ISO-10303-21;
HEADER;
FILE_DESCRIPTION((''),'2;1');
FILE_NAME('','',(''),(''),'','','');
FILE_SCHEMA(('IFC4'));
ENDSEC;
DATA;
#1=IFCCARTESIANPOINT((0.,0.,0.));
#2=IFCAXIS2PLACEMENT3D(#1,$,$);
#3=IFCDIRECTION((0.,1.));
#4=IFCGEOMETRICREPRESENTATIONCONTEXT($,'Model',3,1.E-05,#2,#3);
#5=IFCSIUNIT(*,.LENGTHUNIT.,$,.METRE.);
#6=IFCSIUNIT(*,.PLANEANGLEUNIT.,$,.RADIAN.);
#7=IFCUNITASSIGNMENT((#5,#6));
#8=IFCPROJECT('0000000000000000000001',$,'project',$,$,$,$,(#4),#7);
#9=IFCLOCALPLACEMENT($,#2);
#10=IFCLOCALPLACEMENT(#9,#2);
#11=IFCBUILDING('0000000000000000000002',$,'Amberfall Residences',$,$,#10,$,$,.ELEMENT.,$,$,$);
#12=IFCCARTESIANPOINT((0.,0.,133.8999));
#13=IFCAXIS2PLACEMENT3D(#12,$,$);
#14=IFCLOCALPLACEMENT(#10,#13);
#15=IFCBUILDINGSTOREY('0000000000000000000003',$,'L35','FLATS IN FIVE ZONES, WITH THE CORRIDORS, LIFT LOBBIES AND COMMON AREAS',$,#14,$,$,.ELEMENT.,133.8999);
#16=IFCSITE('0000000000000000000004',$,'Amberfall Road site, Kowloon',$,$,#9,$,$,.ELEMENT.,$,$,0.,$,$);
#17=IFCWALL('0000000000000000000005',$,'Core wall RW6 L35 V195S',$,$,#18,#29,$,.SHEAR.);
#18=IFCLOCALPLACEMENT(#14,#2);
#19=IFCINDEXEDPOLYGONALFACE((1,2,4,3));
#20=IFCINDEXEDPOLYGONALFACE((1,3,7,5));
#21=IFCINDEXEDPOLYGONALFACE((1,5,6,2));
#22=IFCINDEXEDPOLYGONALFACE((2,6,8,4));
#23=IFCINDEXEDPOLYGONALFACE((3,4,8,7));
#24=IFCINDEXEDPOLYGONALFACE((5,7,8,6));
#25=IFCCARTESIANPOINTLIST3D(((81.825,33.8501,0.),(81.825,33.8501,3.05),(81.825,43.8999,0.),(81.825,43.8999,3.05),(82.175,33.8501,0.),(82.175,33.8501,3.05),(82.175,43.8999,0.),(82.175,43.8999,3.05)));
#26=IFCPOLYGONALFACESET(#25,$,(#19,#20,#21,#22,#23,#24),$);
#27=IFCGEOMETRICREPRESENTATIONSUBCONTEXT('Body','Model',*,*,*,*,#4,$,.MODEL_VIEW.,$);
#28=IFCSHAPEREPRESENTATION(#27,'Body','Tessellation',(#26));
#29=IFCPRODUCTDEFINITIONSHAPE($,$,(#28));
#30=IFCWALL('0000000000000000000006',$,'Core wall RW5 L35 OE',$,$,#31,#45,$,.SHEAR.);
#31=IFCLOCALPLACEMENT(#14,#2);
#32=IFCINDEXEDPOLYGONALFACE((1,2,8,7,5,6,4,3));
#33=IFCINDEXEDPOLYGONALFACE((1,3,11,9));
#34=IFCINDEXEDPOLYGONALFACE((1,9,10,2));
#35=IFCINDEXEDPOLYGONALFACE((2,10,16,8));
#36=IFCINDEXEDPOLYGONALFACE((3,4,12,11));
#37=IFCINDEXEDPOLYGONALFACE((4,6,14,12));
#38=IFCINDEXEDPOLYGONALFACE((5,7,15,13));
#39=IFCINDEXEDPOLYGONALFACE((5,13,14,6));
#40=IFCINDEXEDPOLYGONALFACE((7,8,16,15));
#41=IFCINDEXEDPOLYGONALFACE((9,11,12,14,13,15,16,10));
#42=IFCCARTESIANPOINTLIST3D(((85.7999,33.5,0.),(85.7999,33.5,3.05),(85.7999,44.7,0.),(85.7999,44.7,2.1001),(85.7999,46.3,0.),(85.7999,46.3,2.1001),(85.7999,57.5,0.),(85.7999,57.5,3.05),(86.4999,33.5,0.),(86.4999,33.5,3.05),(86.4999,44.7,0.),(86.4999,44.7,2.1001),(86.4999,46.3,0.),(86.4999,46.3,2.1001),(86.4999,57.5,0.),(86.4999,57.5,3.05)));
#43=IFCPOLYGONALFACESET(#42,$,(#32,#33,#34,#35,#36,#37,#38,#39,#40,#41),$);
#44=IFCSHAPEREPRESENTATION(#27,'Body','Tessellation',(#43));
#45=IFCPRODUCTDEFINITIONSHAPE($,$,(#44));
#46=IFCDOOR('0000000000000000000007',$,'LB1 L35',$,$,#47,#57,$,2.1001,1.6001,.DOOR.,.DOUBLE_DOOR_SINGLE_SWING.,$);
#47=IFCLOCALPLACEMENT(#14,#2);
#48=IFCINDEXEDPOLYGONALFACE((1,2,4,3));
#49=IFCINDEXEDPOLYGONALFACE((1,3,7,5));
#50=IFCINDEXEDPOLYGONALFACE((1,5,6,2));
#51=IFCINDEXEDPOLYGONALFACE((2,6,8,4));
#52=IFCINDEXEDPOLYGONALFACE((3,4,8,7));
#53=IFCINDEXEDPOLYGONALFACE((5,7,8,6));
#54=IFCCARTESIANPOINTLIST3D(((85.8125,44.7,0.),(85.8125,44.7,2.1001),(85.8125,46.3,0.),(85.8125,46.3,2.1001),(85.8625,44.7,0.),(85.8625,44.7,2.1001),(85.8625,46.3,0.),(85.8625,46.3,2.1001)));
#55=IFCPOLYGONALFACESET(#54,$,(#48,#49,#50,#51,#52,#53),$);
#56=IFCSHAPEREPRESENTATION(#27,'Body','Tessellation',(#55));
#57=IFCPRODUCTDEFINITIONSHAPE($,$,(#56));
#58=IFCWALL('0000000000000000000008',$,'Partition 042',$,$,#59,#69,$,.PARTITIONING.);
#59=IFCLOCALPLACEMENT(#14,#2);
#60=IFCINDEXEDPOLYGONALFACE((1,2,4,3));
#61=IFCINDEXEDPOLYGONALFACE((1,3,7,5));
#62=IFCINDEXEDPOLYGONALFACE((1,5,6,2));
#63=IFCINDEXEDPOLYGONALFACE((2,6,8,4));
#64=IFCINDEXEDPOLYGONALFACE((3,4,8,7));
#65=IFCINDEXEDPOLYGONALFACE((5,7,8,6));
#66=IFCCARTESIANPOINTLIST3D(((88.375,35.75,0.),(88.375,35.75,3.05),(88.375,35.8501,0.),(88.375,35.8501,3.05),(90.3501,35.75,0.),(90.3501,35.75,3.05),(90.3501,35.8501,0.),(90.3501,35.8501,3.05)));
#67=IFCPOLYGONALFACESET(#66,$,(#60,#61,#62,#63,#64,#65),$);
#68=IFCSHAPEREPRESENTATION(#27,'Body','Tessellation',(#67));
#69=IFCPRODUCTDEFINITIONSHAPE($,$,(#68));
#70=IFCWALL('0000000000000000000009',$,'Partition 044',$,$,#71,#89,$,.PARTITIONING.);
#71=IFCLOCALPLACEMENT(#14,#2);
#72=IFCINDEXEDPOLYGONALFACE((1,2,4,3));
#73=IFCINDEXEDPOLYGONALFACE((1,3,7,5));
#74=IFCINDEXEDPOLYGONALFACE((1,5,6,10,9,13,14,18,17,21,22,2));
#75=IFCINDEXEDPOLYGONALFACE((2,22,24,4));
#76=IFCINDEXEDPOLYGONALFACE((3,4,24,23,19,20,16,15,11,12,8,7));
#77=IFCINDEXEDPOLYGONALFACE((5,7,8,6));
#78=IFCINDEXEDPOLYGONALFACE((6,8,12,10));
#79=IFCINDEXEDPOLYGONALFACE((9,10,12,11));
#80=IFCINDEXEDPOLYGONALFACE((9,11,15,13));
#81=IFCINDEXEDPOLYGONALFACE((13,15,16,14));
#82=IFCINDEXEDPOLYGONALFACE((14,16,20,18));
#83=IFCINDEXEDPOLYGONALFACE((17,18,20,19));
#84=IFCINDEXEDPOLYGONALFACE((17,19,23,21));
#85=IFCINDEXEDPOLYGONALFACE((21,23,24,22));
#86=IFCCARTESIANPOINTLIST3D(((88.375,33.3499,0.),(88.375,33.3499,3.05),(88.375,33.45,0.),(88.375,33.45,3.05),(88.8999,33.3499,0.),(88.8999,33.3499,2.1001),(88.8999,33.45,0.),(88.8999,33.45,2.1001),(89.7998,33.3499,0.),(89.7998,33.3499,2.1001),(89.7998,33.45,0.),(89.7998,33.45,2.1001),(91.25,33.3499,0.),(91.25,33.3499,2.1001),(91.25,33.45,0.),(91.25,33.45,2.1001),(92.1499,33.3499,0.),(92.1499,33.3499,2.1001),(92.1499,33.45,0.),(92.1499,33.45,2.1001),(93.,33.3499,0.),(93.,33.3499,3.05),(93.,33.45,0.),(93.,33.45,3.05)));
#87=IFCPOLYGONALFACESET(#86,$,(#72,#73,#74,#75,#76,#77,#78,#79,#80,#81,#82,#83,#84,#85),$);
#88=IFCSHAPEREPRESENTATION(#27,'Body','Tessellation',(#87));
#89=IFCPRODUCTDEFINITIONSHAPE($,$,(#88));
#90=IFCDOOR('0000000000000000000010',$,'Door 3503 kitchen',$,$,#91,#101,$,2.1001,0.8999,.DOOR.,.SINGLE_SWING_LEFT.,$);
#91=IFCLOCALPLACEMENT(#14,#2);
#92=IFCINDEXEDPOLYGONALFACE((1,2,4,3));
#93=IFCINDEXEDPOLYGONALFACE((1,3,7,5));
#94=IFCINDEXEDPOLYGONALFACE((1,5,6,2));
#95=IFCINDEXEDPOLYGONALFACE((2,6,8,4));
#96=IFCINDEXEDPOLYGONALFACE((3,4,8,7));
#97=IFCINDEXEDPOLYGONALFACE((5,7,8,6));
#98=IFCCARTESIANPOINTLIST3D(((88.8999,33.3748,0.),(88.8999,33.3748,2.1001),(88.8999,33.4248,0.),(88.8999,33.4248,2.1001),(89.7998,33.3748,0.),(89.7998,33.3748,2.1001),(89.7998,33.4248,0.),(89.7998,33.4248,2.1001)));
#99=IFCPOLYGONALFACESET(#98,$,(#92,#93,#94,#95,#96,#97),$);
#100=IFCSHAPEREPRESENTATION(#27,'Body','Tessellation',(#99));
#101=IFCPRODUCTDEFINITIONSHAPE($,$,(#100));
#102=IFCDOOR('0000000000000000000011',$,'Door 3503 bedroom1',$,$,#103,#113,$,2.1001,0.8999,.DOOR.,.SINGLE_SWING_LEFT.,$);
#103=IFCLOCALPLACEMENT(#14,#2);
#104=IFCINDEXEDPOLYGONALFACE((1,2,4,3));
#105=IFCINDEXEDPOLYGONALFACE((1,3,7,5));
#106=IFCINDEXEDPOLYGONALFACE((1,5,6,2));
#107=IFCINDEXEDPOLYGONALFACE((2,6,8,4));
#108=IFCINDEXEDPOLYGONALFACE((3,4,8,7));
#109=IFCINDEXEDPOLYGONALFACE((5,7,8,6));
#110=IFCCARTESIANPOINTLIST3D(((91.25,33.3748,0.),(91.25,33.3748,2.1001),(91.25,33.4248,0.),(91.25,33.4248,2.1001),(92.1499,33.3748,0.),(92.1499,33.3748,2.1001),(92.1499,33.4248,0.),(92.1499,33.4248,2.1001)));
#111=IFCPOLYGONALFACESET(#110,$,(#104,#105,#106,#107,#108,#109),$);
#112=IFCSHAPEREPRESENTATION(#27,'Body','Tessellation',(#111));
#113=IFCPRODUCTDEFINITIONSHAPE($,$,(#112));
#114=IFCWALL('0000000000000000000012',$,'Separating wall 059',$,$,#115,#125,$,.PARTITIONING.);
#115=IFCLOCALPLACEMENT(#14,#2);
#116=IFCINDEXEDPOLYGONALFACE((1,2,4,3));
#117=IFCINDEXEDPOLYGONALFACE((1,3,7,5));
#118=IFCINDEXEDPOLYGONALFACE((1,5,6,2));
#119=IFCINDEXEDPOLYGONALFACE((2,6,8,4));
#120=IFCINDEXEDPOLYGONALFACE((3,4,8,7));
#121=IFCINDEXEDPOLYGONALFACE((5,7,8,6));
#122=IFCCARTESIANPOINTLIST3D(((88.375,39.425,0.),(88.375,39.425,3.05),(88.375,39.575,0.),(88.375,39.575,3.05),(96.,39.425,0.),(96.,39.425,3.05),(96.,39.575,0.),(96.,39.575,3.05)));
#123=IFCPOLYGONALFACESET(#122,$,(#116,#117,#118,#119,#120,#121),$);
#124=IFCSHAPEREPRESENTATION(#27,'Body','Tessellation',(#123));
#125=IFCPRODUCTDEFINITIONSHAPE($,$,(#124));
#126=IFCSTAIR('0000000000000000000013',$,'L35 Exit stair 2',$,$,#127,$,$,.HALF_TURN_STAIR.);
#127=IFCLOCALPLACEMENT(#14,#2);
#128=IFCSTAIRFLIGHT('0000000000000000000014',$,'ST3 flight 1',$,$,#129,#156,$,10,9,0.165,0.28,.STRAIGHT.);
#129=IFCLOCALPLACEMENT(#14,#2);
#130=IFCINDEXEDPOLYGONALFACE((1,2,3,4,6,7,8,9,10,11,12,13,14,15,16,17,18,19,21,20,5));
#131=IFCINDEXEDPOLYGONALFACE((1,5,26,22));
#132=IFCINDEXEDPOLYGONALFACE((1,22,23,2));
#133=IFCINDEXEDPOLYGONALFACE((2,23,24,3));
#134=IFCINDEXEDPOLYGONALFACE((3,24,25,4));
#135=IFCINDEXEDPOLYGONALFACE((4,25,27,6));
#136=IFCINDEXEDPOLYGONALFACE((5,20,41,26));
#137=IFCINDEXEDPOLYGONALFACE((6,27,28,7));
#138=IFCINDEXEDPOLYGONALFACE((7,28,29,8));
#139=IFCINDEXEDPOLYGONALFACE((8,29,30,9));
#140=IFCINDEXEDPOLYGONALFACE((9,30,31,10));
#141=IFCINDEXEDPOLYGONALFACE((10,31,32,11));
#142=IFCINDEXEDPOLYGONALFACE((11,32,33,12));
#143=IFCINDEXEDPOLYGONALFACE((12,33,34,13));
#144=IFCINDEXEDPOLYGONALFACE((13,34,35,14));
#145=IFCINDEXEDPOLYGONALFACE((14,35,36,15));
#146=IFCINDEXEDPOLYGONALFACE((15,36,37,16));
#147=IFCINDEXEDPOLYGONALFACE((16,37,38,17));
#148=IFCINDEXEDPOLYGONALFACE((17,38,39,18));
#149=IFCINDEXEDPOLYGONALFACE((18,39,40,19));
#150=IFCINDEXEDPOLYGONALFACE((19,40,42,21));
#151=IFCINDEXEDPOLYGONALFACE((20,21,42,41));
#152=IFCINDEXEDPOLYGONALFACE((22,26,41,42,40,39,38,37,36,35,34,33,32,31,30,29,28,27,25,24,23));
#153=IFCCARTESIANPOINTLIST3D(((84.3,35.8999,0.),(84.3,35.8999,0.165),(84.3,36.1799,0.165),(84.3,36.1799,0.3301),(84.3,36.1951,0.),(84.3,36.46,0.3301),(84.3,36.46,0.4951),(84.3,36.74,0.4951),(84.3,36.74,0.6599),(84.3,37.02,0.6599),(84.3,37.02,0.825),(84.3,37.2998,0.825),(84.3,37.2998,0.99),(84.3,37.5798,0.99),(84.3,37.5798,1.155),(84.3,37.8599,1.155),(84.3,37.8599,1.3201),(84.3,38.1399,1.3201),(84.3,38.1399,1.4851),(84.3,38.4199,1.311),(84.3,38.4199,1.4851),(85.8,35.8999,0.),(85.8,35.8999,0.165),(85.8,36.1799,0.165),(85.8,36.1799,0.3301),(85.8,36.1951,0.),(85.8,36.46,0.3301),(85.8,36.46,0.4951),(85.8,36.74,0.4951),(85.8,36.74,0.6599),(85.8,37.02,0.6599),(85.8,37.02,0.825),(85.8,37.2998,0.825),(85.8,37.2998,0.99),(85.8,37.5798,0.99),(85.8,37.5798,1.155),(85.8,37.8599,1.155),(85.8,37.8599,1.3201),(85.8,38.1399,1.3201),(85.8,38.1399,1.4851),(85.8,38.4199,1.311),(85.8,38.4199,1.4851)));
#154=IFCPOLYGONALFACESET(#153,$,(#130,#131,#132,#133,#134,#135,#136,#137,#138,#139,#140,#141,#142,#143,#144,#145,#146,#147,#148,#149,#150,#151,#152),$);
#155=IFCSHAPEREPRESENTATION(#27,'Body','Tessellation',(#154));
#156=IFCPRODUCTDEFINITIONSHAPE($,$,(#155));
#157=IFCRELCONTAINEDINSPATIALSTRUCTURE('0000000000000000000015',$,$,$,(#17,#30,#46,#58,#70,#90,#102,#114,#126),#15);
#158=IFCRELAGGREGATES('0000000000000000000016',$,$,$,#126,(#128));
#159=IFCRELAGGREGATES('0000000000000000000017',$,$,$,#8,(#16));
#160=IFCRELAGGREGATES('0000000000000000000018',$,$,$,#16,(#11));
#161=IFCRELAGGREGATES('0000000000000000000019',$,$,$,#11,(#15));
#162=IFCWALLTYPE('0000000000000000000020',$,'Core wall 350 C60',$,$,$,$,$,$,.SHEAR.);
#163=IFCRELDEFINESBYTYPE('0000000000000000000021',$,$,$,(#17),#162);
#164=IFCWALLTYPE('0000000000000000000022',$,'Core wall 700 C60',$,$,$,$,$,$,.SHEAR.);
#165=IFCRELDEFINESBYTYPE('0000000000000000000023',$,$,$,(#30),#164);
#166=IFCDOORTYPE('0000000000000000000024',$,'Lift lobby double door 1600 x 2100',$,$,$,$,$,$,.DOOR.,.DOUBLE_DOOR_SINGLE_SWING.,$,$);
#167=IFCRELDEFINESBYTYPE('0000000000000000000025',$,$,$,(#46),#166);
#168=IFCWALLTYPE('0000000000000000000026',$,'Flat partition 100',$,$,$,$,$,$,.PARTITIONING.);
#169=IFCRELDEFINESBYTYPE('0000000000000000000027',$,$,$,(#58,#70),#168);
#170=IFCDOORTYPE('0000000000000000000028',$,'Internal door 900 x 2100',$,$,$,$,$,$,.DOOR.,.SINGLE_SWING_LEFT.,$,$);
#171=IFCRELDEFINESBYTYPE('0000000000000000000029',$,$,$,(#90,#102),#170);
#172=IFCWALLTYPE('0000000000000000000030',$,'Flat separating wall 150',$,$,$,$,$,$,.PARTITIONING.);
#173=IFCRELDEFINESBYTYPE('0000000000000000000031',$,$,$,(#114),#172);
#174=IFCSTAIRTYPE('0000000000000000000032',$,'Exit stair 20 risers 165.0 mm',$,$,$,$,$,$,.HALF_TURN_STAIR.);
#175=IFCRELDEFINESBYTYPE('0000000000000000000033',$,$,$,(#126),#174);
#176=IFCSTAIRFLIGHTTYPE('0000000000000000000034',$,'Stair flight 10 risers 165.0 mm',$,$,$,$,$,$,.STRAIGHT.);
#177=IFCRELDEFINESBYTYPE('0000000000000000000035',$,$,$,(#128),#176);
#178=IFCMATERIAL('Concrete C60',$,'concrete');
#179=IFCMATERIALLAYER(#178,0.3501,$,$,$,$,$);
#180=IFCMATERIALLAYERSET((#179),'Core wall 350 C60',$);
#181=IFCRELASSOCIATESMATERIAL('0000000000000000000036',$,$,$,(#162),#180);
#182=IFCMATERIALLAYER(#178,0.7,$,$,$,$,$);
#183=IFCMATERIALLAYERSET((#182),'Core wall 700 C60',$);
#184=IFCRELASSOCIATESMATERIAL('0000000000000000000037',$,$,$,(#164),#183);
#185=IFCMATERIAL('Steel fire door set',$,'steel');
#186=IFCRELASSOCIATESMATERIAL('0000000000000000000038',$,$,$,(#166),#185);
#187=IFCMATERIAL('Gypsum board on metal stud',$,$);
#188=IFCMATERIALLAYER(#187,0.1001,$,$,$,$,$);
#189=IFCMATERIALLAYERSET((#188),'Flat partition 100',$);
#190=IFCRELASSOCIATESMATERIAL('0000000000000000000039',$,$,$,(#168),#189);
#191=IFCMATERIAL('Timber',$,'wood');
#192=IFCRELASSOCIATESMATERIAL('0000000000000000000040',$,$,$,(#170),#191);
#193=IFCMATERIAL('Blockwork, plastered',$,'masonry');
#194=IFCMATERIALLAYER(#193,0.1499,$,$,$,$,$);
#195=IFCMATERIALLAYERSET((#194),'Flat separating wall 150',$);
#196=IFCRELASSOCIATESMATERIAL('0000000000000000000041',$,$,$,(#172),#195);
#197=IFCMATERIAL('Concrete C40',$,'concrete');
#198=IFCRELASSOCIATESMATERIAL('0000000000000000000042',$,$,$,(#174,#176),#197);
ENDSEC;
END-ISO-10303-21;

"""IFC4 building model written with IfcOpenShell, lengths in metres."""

from ifc_helpers import new_model, si_unit, direction, frame, frame_2d, origin, place, context, subcontext, project, spatial, polyline, rectangle, outline, extrude, material, layer, layer_set, type_object, element, fill, aggregate, save


model = new_model("IFC4")

# Units and contexts
model_context = context("Model", 3, precision=1e-05, world=origin(), true_north=direction((0.0, 1.0)))
body_context = subcontext(model_context, "Body", "Model", "MODEL_VIEW")
ifc_project = project(units=[si_unit("LENGTHUNIT", "METRE"), si_unit("PLANEANGLEUNIT", "RADIAN")], contexts=[model_context])

# Site, building, storey
site_placement = place(None, origin())
site = spatial("IfcSite", under=ifc_project, at=site_placement, Name="Amberfall Road site, Kowloon", CompositionType="ELEMENT", RefElevation=0.0)
building_placement = place(site_placement, origin())
building = spatial("IfcBuilding", under=site, at=building_placement, Name="Amberfall Residences", CompositionType="ELEMENT")
storey_placement = place(building_placement, frame((0.0, 0.0, 133.8999)))
storey = spatial("IfcBuildingStorey", under=building, at=storey_placement, Name="L35", Description="FLATS IN FIVE ZONES, WITH THE CORRIDORS, LIFT LOBBIES AND COMMON AREAS", CompositionType="ELEMENT", Elevation=133.8999)

# Wall
ifc_material_1 = material(Name="Concrete C60", Category="concrete")
ifc_layer_1 = layer(ifc_material_1, 0.3501)
ifc_layer_set_1 = layer_set([ifc_layer_1], Name="Core wall 350 C60")
wall_type_1 = type_object("IfcWallType", Name="Core wall 350 C60", PredefinedType="SHEAR", material=ifc_layer_set_1)
wall_1_placement = place(storey_placement, frame((82.0, 33.8501, 0.0), z_axis=(0.0, 0.0, 1.0), x_axis=(0.0, 1.0, 0.0)))
element("IfcWall", 1, at=wall_1_placement, inside=storey, type_object=wall_type_1, Name="Core wall RW6 L35 V195S", PredefinedType="SHEAR", context=body_context, shape_type="SweptSolid", body=[
    extrude(rectangle(XDim=10.0498, YDim=0.3501, at=frame_2d((5.0249, 0.0))), origin(), (0.0, 0.0, 1.0), 3.05),
])

# Wall, opening, door
ifc_layer_2 = layer(ifc_material_1, 0.7)
ifc_layer_set_2 = layer_set([ifc_layer_2], Name="Core wall 700 C60")
wall_type_2 = type_object("IfcWallType", Name="Core wall 700 C60", PredefinedType="SHEAR", material=ifc_layer_set_2)
wall_2_placement = place(storey_placement, frame((86.1499, 33.5, 0.0), z_axis=(0.0, 0.0, 1.0), x_axis=(0.0, 1.0, 0.0)))
wall_2 = element("IfcWall", 2, at=wall_2_placement, inside=storey, type_object=wall_type_2, Name="Core wall RW5 L35 OE", PredefinedType="SHEAR", context=body_context, shape_type="SweptSolid", body=[
    extrude(rectangle(XDim=24.0, YDim=0.7, at=frame_2d((12.0, 0.0))), origin(), (0.0, 0.0, 1.0), 3.05),
])
opening_1_placement = place(wall_2_placement, frame((11.2, 0.0, 0.0)))
opening_1 = element("IfcOpeningElement", 3, at=opening_1_placement, cuts=wall_2, PredefinedType="OPENING", context=body_context, shape_type="SweptSolid", body=[
    extrude(rectangle(XDim=1.6001, YDim=2.1001, at=frame_2d((0.8, 1.05))), frame((0.0, 0.3599, 0.0), z_axis=(0.0, -1.0, 0.0), x_axis=(1.0, 0.0, 0.0)), (0.0, 0.0, 1.0), 0.72),
])
ifc_material_2 = material(Name="Steel fire door set", Category="steel")
door_type_1 = type_object("IfcDoorType", Name="Lift lobby double door 1600 x 2100", OperationType="DOUBLE_DOOR_SINGLE_SWING", PredefinedType="DOOR", material=ifc_material_2)
door_1_placement = place(opening_1_placement, origin())
door_1 = element("IfcDoor", 4, at=door_1_placement, inside=storey, type_object=door_type_1, Name="LB1 L35", OperationType="DOUBLE_DOOR_SINGLE_SWING", OverallHeight=2.1001, OverallWidth=1.6001, PredefinedType="DOOR", context=body_context, shape_type="SweptSolid", body=[
    extrude(rectangle(XDim=1.6001, YDim=2.1001, at=frame_2d((0.8, 1.05))), frame((0.0, 0.3374, 0.0), z_axis=(0.0, -1.0, 0.0), x_axis=(1.0, 0.0, 0.0)), (0.0, 0.0, 1.0), 0.05),
])
fill(opening_1, door_1)

# Wall
ifc_material_3 = material(Name="Gypsum board on metal stud")
ifc_layer_3 = layer(ifc_material_3, 0.1001)
ifc_layer_set_3 = layer_set([ifc_layer_3], Name="Flat partition 100")
wall_type_3 = type_object("IfcWallType", Name="Flat partition 100", PredefinedType="PARTITIONING", material=ifc_layer_set_3)
wall_3_placement = place(storey_placement, frame((88.375, 35.8, 0.0), z_axis=(0.0, 0.0, 1.0), x_axis=(1.0, 0.0, 0.0)))
element("IfcWall", 5, at=wall_3_placement, inside=storey, type_object=wall_type_3, Name="Partition 042", PredefinedType="PARTITIONING", context=body_context, shape_type="SweptSolid", body=[
    extrude(rectangle(XDim=1.9751, YDim=0.1001, at=frame_2d((0.9875, 0.0))), origin(), (0.0, 0.0, 1.0), 3.05),
])

# Wall, openings, doors
wall_4_placement = place(storey_placement, frame((88.375, 33.3999, 0.0), z_axis=(0.0, 0.0, 1.0), x_axis=(1.0, 0.0, 0.0)))
wall_4 = element("IfcWall", 6, at=wall_4_placement, inside=storey, type_object=wall_type_3, Name="Partition 044", PredefinedType="PARTITIONING", context=body_context, shape_type="SweptSolid", body=[
    extrude(rectangle(XDim=4.625, YDim=0.1001, at=frame_2d((2.3125, 0.0))), origin(), (0.0, 0.0, 1.0), 3.05),
])
opening_2_placement = place(wall_4_placement, frame((0.5249, 0.0, 0.0)))
opening_2 = element("IfcOpeningElement", 7, at=opening_2_placement, cuts=wall_4, PredefinedType="OPENING", context=body_context, shape_type="SweptSolid", body=[
    extrude(rectangle(XDim=0.8999, YDim=2.1001, at=frame_2d((0.45, 1.05))), frame((0.0, 0.0601, 0.0), z_axis=(0.0, -1.0, 0.0), x_axis=(1.0, 0.0, 0.0)), (0.0, 0.0, 1.0), 0.1201),
])
opening_3_placement = place(wall_4_placement, frame((2.875, 0.0, 0.0)))
opening_3 = element("IfcOpeningElement", 8, at=opening_3_placement, cuts=wall_4, PredefinedType="OPENING", context=body_context, shape_type="SweptSolid", body=[
    extrude(rectangle(XDim=0.8999, YDim=2.1001, at=frame_2d((0.45, 1.05))), frame((0.0, 0.0601, 0.0), z_axis=(0.0, -1.0, 0.0), x_axis=(1.0, 0.0, 0.0)), (0.0, 0.0, 1.0), 0.1201),
])
ifc_material_4 = material(Name="Timber", Category="wood")
door_type_2 = type_object("IfcDoorType", Name="Internal door 900 x 2100", OperationType="SINGLE_SWING_LEFT", PredefinedType="DOOR", material=ifc_material_4)
door_2_placement = place(opening_2_placement, origin())
door_2 = element("IfcDoor", 9, at=door_2_placement, inside=storey, type_object=door_type_2, Name="Door 3503 kitchen", OperationType="SINGLE_SWING_LEFT", OverallHeight=2.1001, OverallWidth=0.8999, PredefinedType="DOOR", context=body_context, shape_type="SweptSolid", body=[
    extrude(rectangle(XDim=0.8999, YDim=2.1001, at=frame_2d((0.45, 1.05))), frame((0.0, 0.0249, 0.0), z_axis=(0.0, -1.0, 0.0), x_axis=(1.0, 0.0, 0.0)), (0.0, 0.0, 1.0), 0.05),
])
fill(opening_2, door_2)
door_3_placement = place(opening_3_placement, origin())
door_3 = element("IfcDoor", 10, at=door_3_placement, inside=storey, type_object=door_type_2, Name="Door 3503 bedroom1", OperationType="SINGLE_SWING_LEFT", OverallHeight=2.1001, OverallWidth=0.8999, PredefinedType="DOOR", context=body_context, shape_type="SweptSolid", body=[
    extrude(rectangle(XDim=0.8999, YDim=2.1001, at=frame_2d((0.45, 1.05))), frame((0.0, 0.0249, 0.0), z_axis=(0.0, -1.0, 0.0), x_axis=(1.0, 0.0, 0.0)), (0.0, 0.0, 1.0), 0.05),
])
fill(opening_3, door_3)

# Wall
ifc_material_5 = material(Name="Blockwork, plastered", Category="masonry")
ifc_layer_4 = layer(ifc_material_5, 0.1499)
ifc_layer_set_4 = layer_set([ifc_layer_4], Name="Flat separating wall 150")
wall_type_4 = type_object("IfcWallType", Name="Flat separating wall 150", PredefinedType="PARTITIONING", material=ifc_layer_set_4)
wall_5_placement = place(storey_placement, frame((88.375, 39.5, 0.0), z_axis=(0.0, 0.0, 1.0), x_axis=(1.0, 0.0, 0.0)))
element("IfcWall", 11, at=wall_5_placement, inside=storey, type_object=wall_type_4, Name="Separating wall 059", PredefinedType="PARTITIONING", context=body_context, shape_type="SweptSolid", body=[
    extrude(rectangle(XDim=7.625, YDim=0.1499, at=frame_2d((3.8125, 0.0))), origin(), (0.0, 0.0, 1.0), 3.05),
])

# Stair, stair flight
ifc_material_6 = material(Name="Concrete C40", Category="concrete")
stair_type = type_object("IfcStairType", Name="Exit stair 20 risers 165.0 mm", PredefinedType="HALF_TURN_STAIR", material=ifc_material_6)
stair_placement = place(storey_placement, origin())
stair = element("IfcStair", 12, at=stair_placement, inside=storey, type_object=stair_type, Name="L35 Exit stair 2", PredefinedType="HALF_TURN_STAIR")
stair_flight_type = type_object("IfcStairFlightType", Name="Stair flight 10 risers 165.0 mm", PredefinedType="STRAIGHT", material=ifc_material_6)
stair_flight_1_placement = place(storey_placement, frame((85.05, 35.8999, 0.0), z_axis=(0.0, 0.0, 1.0), x_axis=(0.0, 1.0, 0.0)))
stair_flight_1 = element("IfcStairFlight", 13, at=stair_flight_1_placement, type_object=stair_flight_type, Name="ST3 flight 1", NumberOfRisers=10, NumberOfTreads=9, PredefinedType="STRAIGHT", RiserHeight=0.165, TreadLength=0.28, context=body_context, shape_type="SweptSolid", body=[
    extrude(outline(polyline([(0.0, 0.0), (0.0, 0.165), (0.28, 0.165), (0.28, 0.3301), (0.5601, 0.3301), (0.5601, 0.4951), (0.8401, 0.4951), (0.8401, 0.6599), (1.1201, 0.6599), (1.1201, 0.825), (1.3999, 0.825), (1.3999, 0.99), (1.6799, 0.99), (1.6799, 1.155), (1.96, 1.155), (1.96, 1.3201), (2.24, 1.3201), (2.24, 1.4851), (2.52, 1.4851), (2.52, 1.6499), (2.52, 1.311), (0.2952, 0.0), (0.0, 0.0)])), frame((0.0, 0.75, 0.0), z_axis=(0.0, -1.0, 0.0), x_axis=(1.0, 0.0, 0.0)), (0.0, 0.0, 1.0), 1.5),
])
aggregate(stair, [stair_flight_1])

save(model, "model.ifc")
